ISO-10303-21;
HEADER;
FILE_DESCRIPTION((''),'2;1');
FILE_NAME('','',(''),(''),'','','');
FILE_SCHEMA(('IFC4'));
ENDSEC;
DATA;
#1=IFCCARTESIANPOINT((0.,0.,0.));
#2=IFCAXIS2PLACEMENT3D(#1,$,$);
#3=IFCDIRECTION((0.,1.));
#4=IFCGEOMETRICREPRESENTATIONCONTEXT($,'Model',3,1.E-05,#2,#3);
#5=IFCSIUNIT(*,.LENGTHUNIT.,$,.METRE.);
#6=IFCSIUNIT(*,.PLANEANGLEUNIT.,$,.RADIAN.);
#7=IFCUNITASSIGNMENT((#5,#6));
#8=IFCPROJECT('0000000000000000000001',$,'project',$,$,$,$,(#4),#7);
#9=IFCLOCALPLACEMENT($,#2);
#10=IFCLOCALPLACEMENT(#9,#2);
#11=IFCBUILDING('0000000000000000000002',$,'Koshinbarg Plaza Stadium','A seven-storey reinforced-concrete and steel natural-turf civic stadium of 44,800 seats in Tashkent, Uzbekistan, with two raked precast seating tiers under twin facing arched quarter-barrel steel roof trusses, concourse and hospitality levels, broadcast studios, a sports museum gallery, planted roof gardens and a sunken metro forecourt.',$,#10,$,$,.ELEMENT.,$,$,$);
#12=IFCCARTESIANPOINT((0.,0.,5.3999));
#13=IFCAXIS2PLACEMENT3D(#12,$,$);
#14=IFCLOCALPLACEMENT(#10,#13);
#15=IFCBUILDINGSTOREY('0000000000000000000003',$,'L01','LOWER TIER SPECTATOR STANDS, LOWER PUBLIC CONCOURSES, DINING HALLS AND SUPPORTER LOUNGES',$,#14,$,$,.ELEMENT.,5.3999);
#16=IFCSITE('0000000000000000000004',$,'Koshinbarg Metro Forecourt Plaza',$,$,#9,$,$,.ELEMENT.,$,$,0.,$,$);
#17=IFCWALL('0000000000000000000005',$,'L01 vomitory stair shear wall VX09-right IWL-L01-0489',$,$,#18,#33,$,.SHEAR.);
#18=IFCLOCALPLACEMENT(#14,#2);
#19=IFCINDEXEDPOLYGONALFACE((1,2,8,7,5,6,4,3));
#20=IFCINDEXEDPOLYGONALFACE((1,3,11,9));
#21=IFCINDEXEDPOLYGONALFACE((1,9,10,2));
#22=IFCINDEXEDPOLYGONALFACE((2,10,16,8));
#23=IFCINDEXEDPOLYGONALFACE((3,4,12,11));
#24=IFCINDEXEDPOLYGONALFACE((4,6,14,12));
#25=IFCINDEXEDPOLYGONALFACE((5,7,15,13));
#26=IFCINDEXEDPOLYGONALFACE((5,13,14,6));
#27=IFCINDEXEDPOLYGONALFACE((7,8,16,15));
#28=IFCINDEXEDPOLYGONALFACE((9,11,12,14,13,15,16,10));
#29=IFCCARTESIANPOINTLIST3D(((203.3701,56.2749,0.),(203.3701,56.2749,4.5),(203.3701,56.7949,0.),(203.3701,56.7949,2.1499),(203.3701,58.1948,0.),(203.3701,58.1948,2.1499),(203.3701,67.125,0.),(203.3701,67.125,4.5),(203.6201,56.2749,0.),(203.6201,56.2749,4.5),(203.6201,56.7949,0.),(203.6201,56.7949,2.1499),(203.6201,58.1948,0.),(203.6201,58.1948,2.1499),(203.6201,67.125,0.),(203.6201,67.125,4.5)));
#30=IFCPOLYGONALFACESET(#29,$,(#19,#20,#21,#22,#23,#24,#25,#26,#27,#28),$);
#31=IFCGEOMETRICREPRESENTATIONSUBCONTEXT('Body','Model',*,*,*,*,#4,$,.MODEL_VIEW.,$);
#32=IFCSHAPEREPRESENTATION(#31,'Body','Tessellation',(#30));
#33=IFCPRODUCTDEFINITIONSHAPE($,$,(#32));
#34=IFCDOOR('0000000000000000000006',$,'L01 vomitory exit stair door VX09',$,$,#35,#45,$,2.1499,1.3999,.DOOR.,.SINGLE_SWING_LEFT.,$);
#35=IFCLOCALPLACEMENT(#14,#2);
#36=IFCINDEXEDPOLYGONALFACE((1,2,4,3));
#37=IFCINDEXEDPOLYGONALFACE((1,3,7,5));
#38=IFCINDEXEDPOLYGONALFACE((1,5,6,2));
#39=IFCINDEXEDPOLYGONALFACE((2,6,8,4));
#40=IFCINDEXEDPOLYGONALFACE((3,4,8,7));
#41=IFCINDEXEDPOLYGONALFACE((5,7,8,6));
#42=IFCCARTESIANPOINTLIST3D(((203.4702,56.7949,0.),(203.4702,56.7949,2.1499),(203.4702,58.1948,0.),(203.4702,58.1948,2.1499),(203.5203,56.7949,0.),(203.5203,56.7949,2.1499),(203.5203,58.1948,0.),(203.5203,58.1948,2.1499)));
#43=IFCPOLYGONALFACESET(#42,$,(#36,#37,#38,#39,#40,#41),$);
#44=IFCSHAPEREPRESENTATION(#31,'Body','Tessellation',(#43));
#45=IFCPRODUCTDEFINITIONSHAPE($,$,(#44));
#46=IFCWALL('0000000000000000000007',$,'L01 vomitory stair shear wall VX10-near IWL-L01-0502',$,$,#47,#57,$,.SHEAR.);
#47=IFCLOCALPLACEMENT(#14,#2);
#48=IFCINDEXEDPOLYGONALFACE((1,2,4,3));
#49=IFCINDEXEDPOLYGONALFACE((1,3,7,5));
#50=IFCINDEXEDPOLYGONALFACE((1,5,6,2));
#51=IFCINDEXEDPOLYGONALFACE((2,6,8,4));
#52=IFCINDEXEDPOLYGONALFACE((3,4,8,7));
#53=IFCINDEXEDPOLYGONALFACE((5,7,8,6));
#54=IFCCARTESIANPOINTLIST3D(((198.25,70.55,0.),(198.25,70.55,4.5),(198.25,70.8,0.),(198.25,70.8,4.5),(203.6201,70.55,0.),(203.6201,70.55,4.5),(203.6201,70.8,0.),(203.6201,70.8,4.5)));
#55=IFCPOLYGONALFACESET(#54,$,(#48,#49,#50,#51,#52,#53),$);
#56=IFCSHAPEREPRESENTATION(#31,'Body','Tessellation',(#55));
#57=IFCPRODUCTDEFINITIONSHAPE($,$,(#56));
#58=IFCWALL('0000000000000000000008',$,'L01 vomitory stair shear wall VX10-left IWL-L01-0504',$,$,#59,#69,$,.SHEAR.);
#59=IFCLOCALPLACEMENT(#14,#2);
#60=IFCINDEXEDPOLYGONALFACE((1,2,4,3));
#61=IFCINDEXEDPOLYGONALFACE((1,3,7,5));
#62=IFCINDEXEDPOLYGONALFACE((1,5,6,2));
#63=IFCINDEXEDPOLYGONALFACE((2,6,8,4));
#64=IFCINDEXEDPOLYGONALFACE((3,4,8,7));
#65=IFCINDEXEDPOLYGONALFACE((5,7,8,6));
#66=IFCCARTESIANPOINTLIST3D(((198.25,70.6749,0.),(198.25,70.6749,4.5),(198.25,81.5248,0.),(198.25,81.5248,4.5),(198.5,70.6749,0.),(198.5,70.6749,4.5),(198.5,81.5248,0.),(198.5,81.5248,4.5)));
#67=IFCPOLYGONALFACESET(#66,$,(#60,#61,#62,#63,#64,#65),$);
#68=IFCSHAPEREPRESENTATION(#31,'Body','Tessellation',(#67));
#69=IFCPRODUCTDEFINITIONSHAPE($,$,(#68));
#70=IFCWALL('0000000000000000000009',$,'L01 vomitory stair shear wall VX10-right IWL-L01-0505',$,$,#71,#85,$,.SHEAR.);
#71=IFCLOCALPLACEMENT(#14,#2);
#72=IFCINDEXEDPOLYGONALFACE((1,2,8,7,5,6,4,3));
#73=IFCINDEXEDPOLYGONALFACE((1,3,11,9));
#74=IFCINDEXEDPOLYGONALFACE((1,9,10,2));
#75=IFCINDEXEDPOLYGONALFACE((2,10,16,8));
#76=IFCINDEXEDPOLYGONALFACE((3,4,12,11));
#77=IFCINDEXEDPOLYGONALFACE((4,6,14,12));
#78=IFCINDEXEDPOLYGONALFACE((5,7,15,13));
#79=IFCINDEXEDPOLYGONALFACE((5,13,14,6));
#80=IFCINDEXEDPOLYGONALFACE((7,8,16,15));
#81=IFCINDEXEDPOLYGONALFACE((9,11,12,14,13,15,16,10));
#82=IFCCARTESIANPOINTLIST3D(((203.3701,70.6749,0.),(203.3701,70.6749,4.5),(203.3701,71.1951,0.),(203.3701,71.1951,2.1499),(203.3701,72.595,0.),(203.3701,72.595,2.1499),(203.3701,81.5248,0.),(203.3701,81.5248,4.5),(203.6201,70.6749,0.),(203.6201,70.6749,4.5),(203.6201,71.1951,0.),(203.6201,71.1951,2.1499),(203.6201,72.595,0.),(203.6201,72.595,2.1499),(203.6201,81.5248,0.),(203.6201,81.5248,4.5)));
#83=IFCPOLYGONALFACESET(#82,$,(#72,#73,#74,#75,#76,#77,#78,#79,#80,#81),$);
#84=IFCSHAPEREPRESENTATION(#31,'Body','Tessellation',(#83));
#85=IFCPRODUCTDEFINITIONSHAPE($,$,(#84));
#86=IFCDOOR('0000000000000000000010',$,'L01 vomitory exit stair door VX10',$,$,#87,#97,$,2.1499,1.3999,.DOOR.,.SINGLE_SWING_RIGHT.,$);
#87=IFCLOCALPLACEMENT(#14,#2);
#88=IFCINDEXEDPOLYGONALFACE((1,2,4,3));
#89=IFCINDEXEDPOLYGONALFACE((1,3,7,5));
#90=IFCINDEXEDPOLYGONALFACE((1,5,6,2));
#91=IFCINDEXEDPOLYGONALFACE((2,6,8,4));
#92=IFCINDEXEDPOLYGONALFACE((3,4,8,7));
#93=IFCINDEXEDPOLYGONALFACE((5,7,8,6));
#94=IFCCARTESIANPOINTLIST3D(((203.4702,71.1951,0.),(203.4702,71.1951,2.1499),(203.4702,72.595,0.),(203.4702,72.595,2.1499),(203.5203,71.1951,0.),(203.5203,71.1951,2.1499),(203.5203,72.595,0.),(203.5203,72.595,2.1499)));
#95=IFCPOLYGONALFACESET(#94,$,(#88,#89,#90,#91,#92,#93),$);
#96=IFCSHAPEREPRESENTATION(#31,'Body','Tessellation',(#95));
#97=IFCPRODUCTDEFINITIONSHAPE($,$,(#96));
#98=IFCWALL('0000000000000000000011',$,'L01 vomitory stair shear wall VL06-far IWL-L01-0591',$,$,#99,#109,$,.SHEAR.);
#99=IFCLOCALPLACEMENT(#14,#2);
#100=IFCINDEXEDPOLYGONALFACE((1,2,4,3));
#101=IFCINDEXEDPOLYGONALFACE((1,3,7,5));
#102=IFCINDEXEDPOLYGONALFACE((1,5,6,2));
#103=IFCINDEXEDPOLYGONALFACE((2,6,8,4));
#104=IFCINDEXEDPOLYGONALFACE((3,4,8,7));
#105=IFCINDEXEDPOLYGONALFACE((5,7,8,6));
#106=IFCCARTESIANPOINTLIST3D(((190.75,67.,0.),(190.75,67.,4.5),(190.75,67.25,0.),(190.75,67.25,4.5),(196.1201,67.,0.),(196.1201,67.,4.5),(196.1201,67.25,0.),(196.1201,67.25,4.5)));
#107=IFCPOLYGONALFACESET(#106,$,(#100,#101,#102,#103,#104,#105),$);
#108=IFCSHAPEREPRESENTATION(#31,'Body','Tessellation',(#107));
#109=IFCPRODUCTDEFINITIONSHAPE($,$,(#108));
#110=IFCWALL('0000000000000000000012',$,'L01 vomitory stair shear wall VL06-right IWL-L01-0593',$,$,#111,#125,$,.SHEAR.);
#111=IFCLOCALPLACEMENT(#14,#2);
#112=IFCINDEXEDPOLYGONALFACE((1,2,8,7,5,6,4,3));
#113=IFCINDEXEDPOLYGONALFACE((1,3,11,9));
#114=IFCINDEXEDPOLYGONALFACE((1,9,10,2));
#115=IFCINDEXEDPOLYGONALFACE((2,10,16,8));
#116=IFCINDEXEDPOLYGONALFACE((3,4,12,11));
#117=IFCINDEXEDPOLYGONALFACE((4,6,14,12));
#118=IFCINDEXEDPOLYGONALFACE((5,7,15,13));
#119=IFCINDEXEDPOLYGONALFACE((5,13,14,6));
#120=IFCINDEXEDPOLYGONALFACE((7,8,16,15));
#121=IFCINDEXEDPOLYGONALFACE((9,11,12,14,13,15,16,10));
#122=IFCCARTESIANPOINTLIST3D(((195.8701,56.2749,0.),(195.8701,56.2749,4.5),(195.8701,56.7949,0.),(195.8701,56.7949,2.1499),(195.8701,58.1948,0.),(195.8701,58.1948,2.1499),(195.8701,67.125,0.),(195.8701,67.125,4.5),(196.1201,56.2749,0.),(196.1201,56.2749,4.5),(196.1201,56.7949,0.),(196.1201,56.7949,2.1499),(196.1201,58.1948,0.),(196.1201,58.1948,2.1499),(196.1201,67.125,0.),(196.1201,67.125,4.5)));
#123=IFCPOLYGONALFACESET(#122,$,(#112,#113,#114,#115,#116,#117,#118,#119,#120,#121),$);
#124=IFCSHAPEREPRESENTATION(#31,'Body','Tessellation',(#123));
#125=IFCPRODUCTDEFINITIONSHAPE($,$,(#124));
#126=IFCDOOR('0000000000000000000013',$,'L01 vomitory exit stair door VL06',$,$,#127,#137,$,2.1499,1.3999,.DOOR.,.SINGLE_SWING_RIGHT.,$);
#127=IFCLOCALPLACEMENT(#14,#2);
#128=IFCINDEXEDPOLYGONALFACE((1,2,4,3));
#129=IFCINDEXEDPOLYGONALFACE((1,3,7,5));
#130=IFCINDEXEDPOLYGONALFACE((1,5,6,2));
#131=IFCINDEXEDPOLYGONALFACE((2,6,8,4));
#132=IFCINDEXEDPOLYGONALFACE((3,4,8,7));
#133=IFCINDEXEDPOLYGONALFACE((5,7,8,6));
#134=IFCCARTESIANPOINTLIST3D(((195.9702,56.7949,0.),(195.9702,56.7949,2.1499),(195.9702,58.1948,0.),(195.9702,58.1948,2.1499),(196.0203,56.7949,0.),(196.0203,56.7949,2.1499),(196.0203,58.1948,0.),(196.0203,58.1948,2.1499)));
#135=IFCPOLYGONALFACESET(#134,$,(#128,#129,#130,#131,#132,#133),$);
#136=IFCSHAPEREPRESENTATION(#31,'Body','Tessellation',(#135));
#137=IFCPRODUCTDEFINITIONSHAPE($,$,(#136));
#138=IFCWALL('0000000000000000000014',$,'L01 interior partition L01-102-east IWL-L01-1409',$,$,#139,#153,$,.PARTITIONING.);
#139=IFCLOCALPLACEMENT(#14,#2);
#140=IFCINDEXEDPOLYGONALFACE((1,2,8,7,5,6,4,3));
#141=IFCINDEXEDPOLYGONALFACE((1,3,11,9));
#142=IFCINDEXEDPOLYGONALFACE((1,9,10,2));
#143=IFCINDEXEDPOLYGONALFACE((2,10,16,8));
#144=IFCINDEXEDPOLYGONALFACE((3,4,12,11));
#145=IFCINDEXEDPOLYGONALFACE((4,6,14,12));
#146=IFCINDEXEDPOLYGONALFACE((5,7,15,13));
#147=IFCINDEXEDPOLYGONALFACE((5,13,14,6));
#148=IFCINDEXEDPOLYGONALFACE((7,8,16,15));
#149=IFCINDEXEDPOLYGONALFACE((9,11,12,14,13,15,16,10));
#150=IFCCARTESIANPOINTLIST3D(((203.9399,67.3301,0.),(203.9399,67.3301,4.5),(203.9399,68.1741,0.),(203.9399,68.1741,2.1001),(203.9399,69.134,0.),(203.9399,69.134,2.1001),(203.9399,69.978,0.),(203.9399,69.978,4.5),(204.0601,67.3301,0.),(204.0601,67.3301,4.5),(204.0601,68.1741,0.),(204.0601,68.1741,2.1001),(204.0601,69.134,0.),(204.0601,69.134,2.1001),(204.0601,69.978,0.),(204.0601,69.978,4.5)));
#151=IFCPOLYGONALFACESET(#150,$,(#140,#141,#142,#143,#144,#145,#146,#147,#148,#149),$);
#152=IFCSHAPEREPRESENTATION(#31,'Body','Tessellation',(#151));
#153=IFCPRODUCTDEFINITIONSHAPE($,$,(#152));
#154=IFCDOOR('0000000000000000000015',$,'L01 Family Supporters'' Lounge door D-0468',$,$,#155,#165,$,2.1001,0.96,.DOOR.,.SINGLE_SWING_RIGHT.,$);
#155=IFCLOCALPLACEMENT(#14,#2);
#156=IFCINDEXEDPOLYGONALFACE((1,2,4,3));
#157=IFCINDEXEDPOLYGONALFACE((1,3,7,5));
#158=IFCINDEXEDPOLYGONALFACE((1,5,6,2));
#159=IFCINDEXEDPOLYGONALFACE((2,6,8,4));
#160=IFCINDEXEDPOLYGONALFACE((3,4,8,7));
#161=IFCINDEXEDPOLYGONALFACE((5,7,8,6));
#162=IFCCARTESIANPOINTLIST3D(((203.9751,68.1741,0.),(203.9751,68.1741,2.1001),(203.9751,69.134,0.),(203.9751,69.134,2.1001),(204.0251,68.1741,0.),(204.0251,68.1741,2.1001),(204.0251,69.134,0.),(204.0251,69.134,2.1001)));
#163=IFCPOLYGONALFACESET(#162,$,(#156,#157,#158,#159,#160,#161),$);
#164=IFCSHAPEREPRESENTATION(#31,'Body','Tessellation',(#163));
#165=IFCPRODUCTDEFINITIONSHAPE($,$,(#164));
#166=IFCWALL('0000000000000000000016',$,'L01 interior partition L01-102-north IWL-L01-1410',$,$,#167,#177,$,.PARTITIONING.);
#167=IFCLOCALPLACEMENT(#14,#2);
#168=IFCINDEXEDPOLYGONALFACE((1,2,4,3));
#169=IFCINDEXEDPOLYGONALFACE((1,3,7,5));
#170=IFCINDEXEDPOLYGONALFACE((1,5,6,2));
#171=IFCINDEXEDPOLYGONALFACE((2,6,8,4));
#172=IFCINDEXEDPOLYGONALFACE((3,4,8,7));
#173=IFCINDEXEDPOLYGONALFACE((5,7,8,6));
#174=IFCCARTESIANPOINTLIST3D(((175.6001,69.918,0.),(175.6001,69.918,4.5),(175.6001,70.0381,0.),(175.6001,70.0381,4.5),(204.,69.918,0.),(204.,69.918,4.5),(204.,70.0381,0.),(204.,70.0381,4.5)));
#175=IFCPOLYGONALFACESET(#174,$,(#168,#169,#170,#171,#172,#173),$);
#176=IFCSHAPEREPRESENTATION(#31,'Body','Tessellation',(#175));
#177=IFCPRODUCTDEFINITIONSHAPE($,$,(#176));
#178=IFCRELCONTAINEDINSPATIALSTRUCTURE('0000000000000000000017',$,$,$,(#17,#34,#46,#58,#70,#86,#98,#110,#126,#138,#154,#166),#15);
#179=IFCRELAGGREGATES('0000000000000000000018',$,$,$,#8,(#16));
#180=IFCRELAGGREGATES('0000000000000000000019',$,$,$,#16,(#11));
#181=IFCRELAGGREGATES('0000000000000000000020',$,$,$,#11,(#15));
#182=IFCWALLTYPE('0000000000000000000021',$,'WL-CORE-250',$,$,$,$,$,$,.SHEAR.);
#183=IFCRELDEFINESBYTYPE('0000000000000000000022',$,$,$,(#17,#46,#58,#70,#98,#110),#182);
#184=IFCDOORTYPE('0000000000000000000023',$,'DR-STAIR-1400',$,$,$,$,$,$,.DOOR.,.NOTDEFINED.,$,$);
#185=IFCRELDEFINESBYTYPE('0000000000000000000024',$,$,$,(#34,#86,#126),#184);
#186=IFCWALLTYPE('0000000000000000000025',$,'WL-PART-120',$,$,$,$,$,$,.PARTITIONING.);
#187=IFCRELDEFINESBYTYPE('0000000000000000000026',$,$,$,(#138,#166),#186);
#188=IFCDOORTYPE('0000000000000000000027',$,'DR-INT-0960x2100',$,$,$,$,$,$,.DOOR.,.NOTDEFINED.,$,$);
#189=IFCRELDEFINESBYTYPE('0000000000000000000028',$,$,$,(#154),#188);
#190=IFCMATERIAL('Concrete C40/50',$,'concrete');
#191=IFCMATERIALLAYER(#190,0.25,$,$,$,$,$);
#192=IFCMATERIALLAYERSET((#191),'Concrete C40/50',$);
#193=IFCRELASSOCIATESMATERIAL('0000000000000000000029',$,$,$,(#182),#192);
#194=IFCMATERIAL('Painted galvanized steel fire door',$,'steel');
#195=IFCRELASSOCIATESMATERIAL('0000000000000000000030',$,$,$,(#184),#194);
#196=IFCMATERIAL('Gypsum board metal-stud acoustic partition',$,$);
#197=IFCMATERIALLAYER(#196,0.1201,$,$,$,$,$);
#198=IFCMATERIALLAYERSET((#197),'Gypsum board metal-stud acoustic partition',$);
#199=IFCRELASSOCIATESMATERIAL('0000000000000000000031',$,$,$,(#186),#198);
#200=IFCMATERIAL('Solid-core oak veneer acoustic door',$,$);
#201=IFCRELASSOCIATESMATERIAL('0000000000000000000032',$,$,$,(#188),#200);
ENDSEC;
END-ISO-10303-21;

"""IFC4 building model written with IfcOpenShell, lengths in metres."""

from ifc_helpers import new_model, si_unit, direction, frame, frame_2d, origin, place, context, subcontext, project, spatial, rectangle, extrude, material, layer, layer_set, type_object, element, fill, save


model = new_model("IFC4")

# Units and contexts
model_context = context("Model", 3, precision=1e-05, world=origin(), true_north=direction((0.0, 1.0)))
body_context = subcontext(model_context, "Body", "Model", "MODEL_VIEW")
ifc_project = project(units=[si_unit("LENGTHUNIT", "METRE"), si_unit("PLANEANGLEUNIT", "RADIAN")], contexts=[model_context])

# Site, building, storey
site_placement = place(None, origin())
site = spatial("IfcSite", under=ifc_project, at=site_placement, Name="Koshinbarg Metro Forecourt Plaza", CompositionType="ELEMENT", RefElevation=0.0)
building_placement = place(site_placement, origin())
building = spatial("IfcBuilding", under=site, at=building_placement, Name="Koshinbarg Plaza Stadium", Description="A seven-storey reinforced-concrete and steel natural-turf civic stadium of 44,800 seats in Tashkent, Uzbekistan, with two raked precast seating tiers under twin facing arched quarter-barrel steel roof trusses, concourse and hospitality levels, broadcast studios, a sports museum gallery, planted roof gardens and a sunken metro forecourt.", CompositionType="ELEMENT")
storey_placement = place(building_placement, frame((0.0, 0.0, 5.3999)))
storey = spatial("IfcBuildingStorey", under=building, at=storey_placement, Name="L01", Description="LOWER TIER SPECTATOR STANDS, LOWER PUBLIC CONCOURSES, DINING HALLS AND SUPPORTER LOUNGES", CompositionType="ELEMENT", Elevation=5.3999)

# Shared definitions
ifc_material_1 = material(Name="Concrete C40/50", Category="concrete")

# Shared definitions
ifc_layer_1 = layer(ifc_material_1, 0.25)
ifc_layer_set_1 = layer_set([ifc_layer_1], Name="Concrete C40/50")
wall_type_1 = type_object("IfcWallType", Name="WL-CORE-250", PredefinedType="SHEAR", material=ifc_layer_set_1)

# Wall, opening, door
wall_1_placement = place(storey_placement, frame((203.4951, 56.2749, 0.0), z_axis=(0.0, 0.0, 1.0), x_axis=(0.0, 1.0, 0.0)))
wall_1 = element("IfcWall", 1, at=wall_1_placement, inside=storey, type_object=wall_type_1, Name="L01 vomitory stair shear wall VX09-right IWL-L01-0489", PredefinedType="SHEAR", context=body_context, shape_type="SweptSolid", body=[
    extrude(rectangle(XDim=10.8501, YDim=0.25, at=frame_2d((5.425, 0.0))), origin(), (0.0, 0.0, 1.0), 4.5),
])
opening_1_placement = place(wall_1_placement, frame((0.52, 0.0, 0.0)))
opening_1 = element("IfcOpeningElement", 2, at=opening_1_placement, cuts=wall_1, PredefinedType="OPENING", context=body_context, shape_type="SweptSolid", body=[
    extrude(rectangle(XDim=1.3999, YDim=2.1499, at=frame_2d((0.7, 1.075))), frame((0.0, 0.135, 0.0), z_axis=(0.0, -1.0, 0.0), x_axis=(1.0, 0.0, 0.0)), (0.0, 0.0, 1.0), 0.27),
])
ifc_material_2 = material(Name="Painted galvanized steel fire door", Category="steel")
door_type_1 = type_object("IfcDoorType", Name="DR-STAIR-1400", OperationType="NOTDEFINED", PredefinedType="DOOR", material=ifc_material_2)
door_1_placement = place(opening_1_placement, origin())
door_1 = element("IfcDoor", 3, at=door_1_placement, inside=storey, type_object=door_type_1, Name="L01 vomitory exit stair door VX09", OperationType="SINGLE_SWING_LEFT", OverallHeight=2.1499, OverallWidth=1.3999, PredefinedType="DOOR", context=body_context, shape_type="SweptSolid", body=[
    extrude(rectangle(XDim=1.3999, YDim=2.1499, at=frame_2d((0.7, 1.075))), frame((0.0, 0.0249, 0.0), z_axis=(0.0, -1.0, 0.0), x_axis=(1.0, 0.0, 0.0)), (0.0, 0.0, 1.0), 0.05),
])
fill(opening_1, door_1)

# Walls
wall_2_placement = place(storey_placement, frame((198.25, 70.675, 0.0), z_axis=(0.0, 0.0, 1.0), x_axis=(1.0, 0.0, 0.0)))
element("IfcWall", 4, at=wall_2_placement, inside=storey, type_object=wall_type_1, Name="L01 vomitory stair shear wall VX10-near IWL-L01-0502", PredefinedType="SHEAR", context=body_context, shape_type="SweptSolid", body=[
    extrude(rectangle(XDim=5.3701, YDim=0.25, at=frame_2d((2.6851, 0.0))), origin(), (0.0, 0.0, 1.0), 4.5),
])
wall_3_placement = place(storey_placement, frame((198.375, 70.675, 0.0), z_axis=(0.0, 0.0, 1.0), x_axis=(0.0, 1.0, 0.0)))
element("IfcWall", 5, at=wall_3_placement, inside=storey, type_object=wall_type_1, Name="L01 vomitory stair shear wall VX10-left IWL-L01-0504", PredefinedType="SHEAR", context=body_context, shape_type="SweptSolid", body=[
    extrude(rectangle(XDim=10.8499, YDim=0.25, at=frame_2d((5.4248, 0.0))), origin(), (0.0, 0.0, 1.0), 4.5),
])

# Wall, opening, door
wall_4_placement = place(storey_placement, frame((203.4951, 70.675, 0.0), z_axis=(0.0, 0.0, 1.0), x_axis=(0.0, 1.0, 0.0)))
wall_4 = element("IfcWall", 6, at=wall_4_placement, inside=storey, type_object=wall_type_1, Name="L01 vomitory stair shear wall VX10-right IWL-L01-0505", PredefinedType="SHEAR", context=body_context, shape_type="SweptSolid", body=[
    extrude(rectangle(XDim=10.8499, YDim=0.25, at=frame_2d((5.4248, 0.0))), origin(), (0.0, 0.0, 1.0), 4.5),
])
opening_2_placement = place(wall_4_placement, frame((0.52, 0.0, 0.0)))
opening_2 = element("IfcOpeningElement", 7, at=opening_2_placement, cuts=wall_4, PredefinedType="OPENING", context=body_context, shape_type="SweptSolid", body=[
    extrude(rectangle(XDim=1.3999, YDim=2.1499, at=frame_2d((0.7, 1.075))), frame((0.0, 0.135, 0.0), z_axis=(0.0, -1.0, 0.0), x_axis=(1.0, 0.0, 0.0)), (0.0, 0.0, 1.0), 0.27),
])
door_2_placement = place(opening_2_placement, origin())
door_2 = element("IfcDoor", 8, at=door_2_placement, inside=storey, type_object=door_type_1, Name="L01 vomitory exit stair door VX10", OperationType="SINGLE_SWING_RIGHT", OverallHeight=2.1499, OverallWidth=1.3999, PredefinedType="DOOR", context=body_context, shape_type="SweptSolid", body=[
    extrude(rectangle(XDim=1.3999, YDim=2.1499, at=frame_2d((0.7, 1.075))), frame((0.0, 0.0249, 0.0), z_axis=(0.0, -1.0, 0.0), x_axis=(1.0, 0.0, 0.0)), (0.0, 0.0, 1.0), 0.05),
])
fill(opening_2, door_2)

# Wall
wall_5_placement = place(storey_placement, frame((196.1201, 67.125, 0.0), z_axis=(0.0, 0.0, 1.0), x_axis=(-1.0, 0.0, 0.0)))
element("IfcWall", 9, at=wall_5_placement, inside=storey, type_object=wall_type_1, Name="L01 vomitory stair shear wall VL06-far IWL-L01-0591", PredefinedType="SHEAR", context=body_context, shape_type="SweptSolid", body=[
    extrude(rectangle(XDim=5.3701, YDim=0.25, at=frame_2d((2.6851, 0.0))), origin(), (0.0, 0.0, 1.0), 4.5),
])

# Walls, openings, doors
wall_6_placement = place(storey_placement, frame((195.9951, 56.2749, 0.0), z_axis=(0.0, 0.0, 1.0), x_axis=(0.0, 1.0, 0.0)))
wall_6 = element("IfcWall", 10, at=wall_6_placement, inside=storey, type_object=wall_type_1, Name="L01 vomitory stair shear wall VL06-right IWL-L01-0593", PredefinedType="SHEAR", context=body_context, shape_type="SweptSolid", body=[
    extrude(rectangle(XDim=10.8501, YDim=0.25, at=frame_2d((5.425, 0.0))), origin(), (0.0, 0.0, 1.0), 4.5),
])
opening_3_placement = place(wall_6_placement, frame((0.52, 0.0, 0.0)))
opening_3 = element("IfcOpeningElement", 11, at=opening_3_placement, cuts=wall_6, PredefinedType="OPENING", context=body_context, shape_type="SweptSolid", body=[
    extrude(rectangle(XDim=1.3999, YDim=2.1499, at=frame_2d((0.7, 1.075))), frame((0.0, 0.135, 0.0), z_axis=(0.0, -1.0, 0.0), x_axis=(1.0, 0.0, 0.0)), (0.0, 0.0, 1.0), 0.27),
])
door_3_placement = place(opening_3_placement, origin())
door_3 = element("IfcDoor", 12, at=door_3_placement, inside=storey, type_object=door_type_1, Name="L01 vomitory exit stair door VL06", OperationType="SINGLE_SWING_RIGHT", OverallHeight=2.1499, OverallWidth=1.3999, PredefinedType="DOOR", context=body_context, shape_type="SweptSolid", body=[
    extrude(rectangle(XDim=1.3999, YDim=2.1499, at=frame_2d((0.7, 1.075))), frame((0.0, 0.0249, 0.0), z_axis=(0.0, -1.0, 0.0), x_axis=(1.0, 0.0, 0.0)), (0.0, 0.0, 1.0), 0.05),
])
fill(opening_3, door_3)
ifc_material_3 = material(Name="Gypsum board metal-stud acoustic partition")
ifc_layer_2 = layer(ifc_material_3, 0.1201)
ifc_layer_set_2 = layer_set([ifc_layer_2], Name="Gypsum board metal-stud acoustic partition")
wall_type_2 = type_object("IfcWallType", Name="WL-PART-120", PredefinedType="PARTITIONING", material=ifc_layer_set_2)
wall_7_placement = place(storey_placement, frame((204.0, 67.3301, 0.0), z_axis=(0.0, 0.0, 1.0), x_axis=(0.0, 1.0, 0.0)))
wall_7 = element("IfcWall", 13, at=wall_7_placement, inside=storey, type_object=wall_type_2, Name="L01 interior partition L01-102-east IWL-L01-1409", PredefinedType="PARTITIONING", context=body_context, shape_type="SweptSolid", body=[
    extrude(rectangle(XDim=2.6479, YDim=0.1201, at=frame_2d((1.324, 0.0))), origin(), (0.0, 0.0, 1.0), 4.5),
])
opening_4_placement = place(wall_7_placement, frame((0.844, 0.0, 0.0)))
opening_4 = element("IfcOpeningElement", 14, at=opening_4_placement, cuts=wall_7, PredefinedType="OPENING", context=body_context, shape_type="SweptSolid", body=[
    extrude(rectangle(XDim=0.96, YDim=2.1001, at=frame_2d((0.48, 1.05))), frame((0.0, 0.0701, 0.0), z_axis=(0.0, -1.0, 0.0), x_axis=(1.0, 0.0, 0.0)), (0.0, 0.0, 1.0), 0.1401),
])
ifc_material_4 = material(Name="Solid-core oak veneer acoustic door")
door_type_2 = type_object("IfcDoorType", Name="DR-INT-0960x2100", OperationType="NOTDEFINED", PredefinedType="DOOR", material=ifc_material_4)
door_4_placement = place(opening_4_placement, origin())
door_4 = element("IfcDoor", 15, at=door_4_placement, inside=storey, type_object=door_type_2, Name="L01 Family Supporters' Lounge door D-0468", OperationType="SINGLE_SWING_RIGHT", OverallHeight=2.1001, OverallWidth=0.96, PredefinedType="DOOR", context=body_context, shape_type="SweptSolid", body=[
    extrude(rectangle(XDim=0.96, YDim=2.1001, at=frame_2d((0.48, 1.05))), frame((0.0, 0.0249, 0.0), z_axis=(0.0, -1.0, 0.0), x_axis=(1.0, 0.0, 0.0)), (0.0, 0.0, 1.0), 0.05),
])
fill(opening_4, door_4)

# Wall
wall_8_placement = place(storey_placement, frame((204.0, 69.978, 0.0), z_axis=(0.0, 0.0, 1.0), x_axis=(-1.0, 0.0, 0.0)))
element("IfcWall", 16, at=wall_8_placement, inside=storey, type_object=wall_type_2, Name="L01 interior partition L01-102-north IWL-L01-1410", PredefinedType="PARTITIONING", context=body_context, shape_type="SweptSolid", body=[
    extrude(rectangle(XDim=28.3999, YDim=0.1201, at=frame_2d((14.2, 0.0))), origin(), (0.0, 0.0, 1.0), 4.5),
])

save(model, "model.ifc")
